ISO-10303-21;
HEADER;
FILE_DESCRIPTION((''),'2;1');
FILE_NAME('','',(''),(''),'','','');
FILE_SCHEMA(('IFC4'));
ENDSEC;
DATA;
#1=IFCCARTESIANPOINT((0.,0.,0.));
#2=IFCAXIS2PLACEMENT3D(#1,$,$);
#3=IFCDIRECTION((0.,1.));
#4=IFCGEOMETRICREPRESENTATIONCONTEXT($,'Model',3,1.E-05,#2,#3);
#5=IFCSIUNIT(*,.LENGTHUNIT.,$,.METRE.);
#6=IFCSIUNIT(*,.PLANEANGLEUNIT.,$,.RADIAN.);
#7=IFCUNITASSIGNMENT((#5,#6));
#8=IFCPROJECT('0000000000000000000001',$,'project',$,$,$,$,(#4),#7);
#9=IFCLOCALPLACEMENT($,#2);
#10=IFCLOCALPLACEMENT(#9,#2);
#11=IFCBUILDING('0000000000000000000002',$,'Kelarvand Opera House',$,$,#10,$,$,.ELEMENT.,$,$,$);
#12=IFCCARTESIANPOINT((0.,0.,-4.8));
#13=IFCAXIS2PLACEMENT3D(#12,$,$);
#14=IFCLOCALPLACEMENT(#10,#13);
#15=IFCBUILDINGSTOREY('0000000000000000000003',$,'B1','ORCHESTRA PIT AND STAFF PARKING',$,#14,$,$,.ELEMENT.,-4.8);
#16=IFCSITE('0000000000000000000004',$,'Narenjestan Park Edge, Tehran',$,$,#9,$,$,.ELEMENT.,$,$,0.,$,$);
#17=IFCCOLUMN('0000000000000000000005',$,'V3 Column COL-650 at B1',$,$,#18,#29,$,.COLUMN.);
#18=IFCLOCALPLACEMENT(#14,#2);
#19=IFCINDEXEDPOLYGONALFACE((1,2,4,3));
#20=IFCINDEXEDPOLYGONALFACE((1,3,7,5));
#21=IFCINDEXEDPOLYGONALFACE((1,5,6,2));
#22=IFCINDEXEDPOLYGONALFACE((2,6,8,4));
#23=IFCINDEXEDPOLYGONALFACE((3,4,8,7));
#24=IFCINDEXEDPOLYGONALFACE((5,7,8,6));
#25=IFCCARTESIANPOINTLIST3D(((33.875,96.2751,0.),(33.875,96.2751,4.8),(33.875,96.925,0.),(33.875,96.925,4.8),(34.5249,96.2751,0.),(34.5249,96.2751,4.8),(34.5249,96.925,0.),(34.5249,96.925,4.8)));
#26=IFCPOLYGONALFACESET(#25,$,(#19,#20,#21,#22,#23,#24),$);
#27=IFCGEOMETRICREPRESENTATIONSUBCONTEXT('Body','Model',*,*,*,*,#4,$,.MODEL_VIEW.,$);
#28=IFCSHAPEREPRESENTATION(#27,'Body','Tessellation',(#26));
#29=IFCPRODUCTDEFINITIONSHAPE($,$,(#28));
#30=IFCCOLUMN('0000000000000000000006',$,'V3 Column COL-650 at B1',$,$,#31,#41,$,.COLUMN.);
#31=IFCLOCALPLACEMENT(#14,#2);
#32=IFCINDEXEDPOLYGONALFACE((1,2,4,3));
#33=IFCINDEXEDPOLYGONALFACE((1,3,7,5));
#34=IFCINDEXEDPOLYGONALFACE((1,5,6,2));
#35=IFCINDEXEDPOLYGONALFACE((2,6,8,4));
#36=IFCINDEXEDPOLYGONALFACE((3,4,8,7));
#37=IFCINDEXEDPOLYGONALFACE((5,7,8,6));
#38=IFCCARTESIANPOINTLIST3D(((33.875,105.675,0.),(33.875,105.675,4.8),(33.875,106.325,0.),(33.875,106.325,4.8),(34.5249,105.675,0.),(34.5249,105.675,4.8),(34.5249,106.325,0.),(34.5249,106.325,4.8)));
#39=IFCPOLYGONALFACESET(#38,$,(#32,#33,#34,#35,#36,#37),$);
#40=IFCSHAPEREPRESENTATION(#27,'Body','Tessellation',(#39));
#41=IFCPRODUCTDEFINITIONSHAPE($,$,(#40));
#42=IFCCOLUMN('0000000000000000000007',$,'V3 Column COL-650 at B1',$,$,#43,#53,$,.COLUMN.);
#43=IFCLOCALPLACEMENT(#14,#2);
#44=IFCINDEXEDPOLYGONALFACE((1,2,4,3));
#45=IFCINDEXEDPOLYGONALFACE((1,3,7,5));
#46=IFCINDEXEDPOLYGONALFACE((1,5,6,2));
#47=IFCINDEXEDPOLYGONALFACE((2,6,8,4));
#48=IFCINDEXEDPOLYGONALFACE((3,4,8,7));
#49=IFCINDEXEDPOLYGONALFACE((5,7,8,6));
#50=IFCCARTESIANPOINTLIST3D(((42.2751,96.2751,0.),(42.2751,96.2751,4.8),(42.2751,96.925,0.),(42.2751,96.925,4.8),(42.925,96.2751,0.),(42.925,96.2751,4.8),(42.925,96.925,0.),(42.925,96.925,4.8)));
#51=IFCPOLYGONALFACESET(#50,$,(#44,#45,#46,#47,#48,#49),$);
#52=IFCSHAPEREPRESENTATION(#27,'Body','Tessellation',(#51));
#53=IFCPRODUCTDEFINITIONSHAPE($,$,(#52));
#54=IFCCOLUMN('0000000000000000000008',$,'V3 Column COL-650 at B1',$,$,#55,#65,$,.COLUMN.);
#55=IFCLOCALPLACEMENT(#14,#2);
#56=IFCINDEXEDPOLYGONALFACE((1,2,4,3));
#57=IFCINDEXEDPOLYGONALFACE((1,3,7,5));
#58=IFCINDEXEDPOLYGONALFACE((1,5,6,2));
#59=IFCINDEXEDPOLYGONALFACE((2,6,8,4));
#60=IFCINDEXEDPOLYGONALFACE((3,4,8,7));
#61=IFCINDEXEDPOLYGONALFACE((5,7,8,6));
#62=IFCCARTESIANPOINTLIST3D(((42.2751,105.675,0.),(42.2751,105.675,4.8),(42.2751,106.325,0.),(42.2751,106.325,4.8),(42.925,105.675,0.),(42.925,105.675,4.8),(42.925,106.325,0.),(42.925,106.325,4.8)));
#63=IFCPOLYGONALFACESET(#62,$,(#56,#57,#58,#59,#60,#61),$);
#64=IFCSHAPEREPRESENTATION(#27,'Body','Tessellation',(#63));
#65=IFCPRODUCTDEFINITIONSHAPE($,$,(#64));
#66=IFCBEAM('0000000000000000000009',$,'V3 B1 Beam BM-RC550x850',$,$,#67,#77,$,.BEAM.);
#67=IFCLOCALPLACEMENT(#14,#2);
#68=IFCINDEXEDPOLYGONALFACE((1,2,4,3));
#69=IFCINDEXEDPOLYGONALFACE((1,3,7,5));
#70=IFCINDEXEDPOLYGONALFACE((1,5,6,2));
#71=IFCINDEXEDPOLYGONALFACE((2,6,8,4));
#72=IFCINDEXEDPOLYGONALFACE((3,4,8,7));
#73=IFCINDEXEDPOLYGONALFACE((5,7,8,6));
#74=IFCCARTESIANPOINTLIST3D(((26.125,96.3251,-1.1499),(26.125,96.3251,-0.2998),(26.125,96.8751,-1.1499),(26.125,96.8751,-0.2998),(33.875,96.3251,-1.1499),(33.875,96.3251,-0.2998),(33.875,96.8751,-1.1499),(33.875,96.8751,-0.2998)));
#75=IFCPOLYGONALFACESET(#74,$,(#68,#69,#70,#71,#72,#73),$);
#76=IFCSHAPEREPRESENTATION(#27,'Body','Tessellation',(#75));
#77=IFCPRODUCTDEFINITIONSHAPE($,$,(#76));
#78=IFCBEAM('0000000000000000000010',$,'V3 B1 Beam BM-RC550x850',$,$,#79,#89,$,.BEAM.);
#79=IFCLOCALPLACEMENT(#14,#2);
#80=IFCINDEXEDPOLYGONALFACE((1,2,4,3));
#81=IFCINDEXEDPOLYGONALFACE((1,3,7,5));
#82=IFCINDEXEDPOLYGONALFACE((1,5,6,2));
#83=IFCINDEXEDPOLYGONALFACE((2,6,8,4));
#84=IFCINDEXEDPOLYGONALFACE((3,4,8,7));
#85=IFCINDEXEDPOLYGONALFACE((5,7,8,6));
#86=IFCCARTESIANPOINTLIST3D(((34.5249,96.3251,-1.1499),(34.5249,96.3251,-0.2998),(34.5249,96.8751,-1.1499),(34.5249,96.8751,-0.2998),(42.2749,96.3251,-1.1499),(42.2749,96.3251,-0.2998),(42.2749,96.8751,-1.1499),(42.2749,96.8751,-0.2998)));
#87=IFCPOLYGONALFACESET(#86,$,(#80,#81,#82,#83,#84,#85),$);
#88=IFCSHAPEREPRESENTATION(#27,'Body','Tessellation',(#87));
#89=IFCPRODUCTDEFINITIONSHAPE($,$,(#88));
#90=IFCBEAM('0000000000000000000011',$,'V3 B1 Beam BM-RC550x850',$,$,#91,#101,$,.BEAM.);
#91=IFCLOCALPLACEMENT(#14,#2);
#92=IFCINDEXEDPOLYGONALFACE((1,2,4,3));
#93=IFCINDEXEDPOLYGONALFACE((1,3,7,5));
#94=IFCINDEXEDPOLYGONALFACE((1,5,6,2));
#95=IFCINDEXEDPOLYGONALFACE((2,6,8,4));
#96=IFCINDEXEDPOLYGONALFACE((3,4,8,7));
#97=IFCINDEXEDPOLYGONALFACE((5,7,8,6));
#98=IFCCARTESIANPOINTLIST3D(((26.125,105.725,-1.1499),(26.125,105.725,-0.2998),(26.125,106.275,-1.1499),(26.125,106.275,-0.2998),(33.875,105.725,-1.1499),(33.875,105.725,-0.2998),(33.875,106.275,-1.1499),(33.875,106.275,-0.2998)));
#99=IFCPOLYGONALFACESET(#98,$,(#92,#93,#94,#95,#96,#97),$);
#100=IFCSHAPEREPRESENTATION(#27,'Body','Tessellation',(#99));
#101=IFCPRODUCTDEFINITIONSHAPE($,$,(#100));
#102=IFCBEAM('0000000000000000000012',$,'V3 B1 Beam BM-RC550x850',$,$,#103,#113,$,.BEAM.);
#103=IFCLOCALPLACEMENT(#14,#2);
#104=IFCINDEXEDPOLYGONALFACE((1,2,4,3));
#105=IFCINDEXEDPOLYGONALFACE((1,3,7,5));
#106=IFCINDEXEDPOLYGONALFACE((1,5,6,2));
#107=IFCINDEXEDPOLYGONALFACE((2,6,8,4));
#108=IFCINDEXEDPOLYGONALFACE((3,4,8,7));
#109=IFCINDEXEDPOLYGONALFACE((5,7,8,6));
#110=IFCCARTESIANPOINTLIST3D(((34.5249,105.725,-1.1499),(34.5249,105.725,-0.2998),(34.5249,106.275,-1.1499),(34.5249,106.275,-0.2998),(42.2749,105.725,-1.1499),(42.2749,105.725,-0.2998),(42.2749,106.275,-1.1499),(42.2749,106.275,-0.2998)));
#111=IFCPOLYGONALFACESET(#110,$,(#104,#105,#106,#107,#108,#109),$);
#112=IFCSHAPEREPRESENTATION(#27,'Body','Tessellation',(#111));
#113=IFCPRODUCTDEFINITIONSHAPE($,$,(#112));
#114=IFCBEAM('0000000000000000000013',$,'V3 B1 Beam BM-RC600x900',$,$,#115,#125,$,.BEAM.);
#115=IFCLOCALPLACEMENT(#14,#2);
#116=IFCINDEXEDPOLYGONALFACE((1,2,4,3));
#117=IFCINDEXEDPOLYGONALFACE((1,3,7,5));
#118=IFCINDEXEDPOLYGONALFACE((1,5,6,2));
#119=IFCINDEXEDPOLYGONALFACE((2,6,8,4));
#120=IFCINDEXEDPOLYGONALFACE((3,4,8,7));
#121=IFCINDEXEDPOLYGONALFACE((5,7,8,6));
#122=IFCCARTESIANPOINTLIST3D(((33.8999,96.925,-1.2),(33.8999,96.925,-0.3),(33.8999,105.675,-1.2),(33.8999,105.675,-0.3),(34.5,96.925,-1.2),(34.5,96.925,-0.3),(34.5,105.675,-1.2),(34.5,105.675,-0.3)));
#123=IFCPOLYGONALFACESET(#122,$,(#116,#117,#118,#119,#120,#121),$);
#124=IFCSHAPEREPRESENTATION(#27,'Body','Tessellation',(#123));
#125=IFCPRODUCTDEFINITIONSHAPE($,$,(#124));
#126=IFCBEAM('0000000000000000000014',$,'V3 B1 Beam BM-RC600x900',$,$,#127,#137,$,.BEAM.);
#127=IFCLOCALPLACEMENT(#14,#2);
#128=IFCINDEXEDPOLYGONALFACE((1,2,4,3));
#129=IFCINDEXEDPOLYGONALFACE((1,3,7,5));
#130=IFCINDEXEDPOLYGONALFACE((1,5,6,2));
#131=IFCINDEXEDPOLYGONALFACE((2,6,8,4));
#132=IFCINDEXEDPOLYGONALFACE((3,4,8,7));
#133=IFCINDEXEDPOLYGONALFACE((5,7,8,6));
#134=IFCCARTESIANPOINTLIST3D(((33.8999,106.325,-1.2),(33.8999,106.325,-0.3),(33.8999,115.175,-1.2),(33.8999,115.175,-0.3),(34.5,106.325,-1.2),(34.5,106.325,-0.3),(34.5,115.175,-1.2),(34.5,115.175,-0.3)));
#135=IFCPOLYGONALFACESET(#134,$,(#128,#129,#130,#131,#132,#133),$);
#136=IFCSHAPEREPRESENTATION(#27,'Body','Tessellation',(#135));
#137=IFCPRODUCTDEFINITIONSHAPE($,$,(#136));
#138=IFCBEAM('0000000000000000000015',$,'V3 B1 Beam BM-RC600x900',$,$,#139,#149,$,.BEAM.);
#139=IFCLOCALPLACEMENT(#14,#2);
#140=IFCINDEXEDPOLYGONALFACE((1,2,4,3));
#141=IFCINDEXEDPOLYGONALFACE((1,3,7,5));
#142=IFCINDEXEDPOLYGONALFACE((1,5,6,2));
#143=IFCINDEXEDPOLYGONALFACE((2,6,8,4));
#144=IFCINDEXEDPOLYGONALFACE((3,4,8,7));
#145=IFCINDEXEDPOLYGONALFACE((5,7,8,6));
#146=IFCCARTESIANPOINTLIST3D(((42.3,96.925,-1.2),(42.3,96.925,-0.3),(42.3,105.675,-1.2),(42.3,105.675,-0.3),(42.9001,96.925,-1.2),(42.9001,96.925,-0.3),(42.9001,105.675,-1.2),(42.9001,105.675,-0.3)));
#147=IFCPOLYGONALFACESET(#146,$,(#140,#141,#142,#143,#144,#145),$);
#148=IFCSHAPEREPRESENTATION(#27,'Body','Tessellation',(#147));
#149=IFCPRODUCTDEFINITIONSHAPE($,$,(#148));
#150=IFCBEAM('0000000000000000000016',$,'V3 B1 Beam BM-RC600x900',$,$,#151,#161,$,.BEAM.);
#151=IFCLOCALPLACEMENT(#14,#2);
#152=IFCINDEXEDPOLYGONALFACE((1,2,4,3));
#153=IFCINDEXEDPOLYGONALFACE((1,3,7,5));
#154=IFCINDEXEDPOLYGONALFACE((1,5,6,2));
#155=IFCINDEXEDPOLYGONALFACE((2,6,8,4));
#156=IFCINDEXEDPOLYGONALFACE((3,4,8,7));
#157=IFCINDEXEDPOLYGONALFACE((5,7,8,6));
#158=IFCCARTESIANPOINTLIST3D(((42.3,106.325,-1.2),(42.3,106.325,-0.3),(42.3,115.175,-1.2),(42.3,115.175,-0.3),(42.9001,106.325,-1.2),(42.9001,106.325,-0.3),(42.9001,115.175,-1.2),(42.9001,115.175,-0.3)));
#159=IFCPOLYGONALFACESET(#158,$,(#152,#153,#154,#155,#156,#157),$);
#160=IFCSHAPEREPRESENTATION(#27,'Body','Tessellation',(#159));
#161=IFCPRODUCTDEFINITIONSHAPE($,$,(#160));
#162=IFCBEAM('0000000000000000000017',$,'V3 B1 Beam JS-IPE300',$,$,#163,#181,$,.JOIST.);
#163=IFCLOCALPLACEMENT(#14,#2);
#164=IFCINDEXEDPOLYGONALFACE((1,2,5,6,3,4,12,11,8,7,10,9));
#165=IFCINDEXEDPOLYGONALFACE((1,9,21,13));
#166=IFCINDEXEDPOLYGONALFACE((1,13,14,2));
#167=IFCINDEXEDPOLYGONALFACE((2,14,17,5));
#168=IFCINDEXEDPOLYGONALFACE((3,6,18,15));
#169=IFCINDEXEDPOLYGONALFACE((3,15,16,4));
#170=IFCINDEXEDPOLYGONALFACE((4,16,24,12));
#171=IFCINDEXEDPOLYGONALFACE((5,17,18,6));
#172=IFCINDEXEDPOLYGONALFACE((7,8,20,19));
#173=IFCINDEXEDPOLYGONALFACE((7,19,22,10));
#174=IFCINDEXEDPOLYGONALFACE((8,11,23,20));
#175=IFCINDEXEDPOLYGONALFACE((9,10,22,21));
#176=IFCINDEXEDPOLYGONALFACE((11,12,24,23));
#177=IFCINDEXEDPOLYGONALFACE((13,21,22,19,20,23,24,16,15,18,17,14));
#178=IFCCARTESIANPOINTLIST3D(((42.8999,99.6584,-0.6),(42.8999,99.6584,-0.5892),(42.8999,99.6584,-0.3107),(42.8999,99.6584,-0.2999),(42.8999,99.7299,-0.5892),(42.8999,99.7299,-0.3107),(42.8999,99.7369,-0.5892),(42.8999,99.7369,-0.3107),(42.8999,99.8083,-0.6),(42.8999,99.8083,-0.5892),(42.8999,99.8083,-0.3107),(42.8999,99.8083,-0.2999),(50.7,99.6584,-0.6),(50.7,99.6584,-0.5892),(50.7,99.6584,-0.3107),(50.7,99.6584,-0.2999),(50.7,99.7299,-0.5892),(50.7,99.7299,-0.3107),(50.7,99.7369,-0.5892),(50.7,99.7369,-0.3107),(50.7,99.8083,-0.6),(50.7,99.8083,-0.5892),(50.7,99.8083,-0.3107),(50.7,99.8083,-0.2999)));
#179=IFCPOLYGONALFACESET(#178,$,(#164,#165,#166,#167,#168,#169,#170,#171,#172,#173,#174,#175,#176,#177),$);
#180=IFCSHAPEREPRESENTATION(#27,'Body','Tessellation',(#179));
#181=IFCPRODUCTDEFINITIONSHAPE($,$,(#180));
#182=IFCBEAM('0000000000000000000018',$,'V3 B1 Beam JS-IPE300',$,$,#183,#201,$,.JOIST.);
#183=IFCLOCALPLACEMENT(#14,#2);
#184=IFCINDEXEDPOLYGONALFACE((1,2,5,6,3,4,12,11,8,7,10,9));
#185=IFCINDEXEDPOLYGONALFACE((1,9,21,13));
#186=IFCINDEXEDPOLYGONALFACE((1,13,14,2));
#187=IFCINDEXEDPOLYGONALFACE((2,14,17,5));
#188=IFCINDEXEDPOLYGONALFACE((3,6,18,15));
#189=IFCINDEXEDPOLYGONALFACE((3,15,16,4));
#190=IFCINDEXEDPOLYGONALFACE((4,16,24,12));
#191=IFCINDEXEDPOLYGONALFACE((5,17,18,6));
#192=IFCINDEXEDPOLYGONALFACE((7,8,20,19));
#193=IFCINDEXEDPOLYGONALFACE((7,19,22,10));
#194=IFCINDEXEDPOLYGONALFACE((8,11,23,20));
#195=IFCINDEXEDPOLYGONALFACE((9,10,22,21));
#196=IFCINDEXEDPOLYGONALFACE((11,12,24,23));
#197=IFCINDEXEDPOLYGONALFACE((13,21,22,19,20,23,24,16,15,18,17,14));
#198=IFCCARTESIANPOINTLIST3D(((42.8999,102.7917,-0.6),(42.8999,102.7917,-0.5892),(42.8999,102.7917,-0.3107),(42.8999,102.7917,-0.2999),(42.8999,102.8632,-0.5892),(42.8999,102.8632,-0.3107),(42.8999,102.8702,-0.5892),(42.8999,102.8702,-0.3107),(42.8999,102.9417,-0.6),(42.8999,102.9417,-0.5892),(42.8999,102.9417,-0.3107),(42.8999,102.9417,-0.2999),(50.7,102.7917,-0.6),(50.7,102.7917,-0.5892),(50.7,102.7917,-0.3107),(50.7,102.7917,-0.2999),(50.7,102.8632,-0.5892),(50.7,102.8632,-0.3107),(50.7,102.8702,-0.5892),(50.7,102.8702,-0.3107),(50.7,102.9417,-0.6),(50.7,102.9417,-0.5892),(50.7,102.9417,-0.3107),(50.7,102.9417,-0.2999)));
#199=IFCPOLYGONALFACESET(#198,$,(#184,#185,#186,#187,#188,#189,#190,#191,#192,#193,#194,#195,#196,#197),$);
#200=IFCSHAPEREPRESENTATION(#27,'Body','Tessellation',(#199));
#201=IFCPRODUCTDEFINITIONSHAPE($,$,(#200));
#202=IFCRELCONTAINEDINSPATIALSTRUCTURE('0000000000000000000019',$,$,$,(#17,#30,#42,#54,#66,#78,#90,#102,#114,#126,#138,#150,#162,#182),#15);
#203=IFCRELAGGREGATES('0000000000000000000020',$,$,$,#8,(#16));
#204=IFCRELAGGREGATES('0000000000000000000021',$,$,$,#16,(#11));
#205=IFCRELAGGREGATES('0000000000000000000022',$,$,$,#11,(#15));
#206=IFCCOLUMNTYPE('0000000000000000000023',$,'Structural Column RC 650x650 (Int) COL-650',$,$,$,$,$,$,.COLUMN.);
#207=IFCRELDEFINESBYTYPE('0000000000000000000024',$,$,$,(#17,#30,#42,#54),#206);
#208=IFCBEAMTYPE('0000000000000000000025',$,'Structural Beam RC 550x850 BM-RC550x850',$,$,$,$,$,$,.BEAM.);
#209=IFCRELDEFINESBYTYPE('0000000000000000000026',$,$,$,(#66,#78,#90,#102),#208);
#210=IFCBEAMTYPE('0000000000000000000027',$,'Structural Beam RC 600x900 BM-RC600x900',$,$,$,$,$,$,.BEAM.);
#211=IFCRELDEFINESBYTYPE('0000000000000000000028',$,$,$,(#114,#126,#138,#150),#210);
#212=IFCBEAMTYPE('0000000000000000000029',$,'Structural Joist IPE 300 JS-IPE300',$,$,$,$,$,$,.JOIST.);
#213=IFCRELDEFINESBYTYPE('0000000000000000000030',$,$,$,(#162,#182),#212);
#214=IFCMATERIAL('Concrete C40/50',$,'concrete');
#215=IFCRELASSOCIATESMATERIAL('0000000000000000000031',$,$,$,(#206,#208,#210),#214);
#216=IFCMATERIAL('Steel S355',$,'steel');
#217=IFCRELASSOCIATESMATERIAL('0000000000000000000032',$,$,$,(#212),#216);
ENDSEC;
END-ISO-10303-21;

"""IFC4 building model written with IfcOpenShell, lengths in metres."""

from ifc_helpers import new_model, si_unit, direction, frame, origin, origin_2d, place, context, subcontext, project, spatial, rectangle, i_section, extrude, material, material_profile, profile_set, type_object, element, save


model = new_model("IFC4")

# Units and contexts
model_context = context("Model", 3, precision=1e-05, world=origin(), true_north=direction((0.0, 1.0)))
body_context = subcontext(model_context, "Body", "Model", "MODEL_VIEW")
ifc_project = project(units=[si_unit("LENGTHUNIT", "METRE"), si_unit("PLANEANGLEUNIT", "RADIAN")], contexts=[model_context])

# Site, building, storey
site_placement = place(None, origin())
site = spatial("IfcSite", under=ifc_project, at=site_placement, Name="Narenjestan Park Edge, Tehran", CompositionType="ELEMENT", RefElevation=0.0)
building_placement = place(site_placement, origin())
building = spatial("IfcBuilding", under=site, at=building_placement, Name="Kelarvand Opera House", CompositionType="ELEMENT")
storey_placement = place(building_placement, frame((0.0, 0.0, -4.8)))
storey = spatial("IfcBuildingStorey", under=building, at=storey_placement, Name="B1", Description="ORCHESTRA PIT AND STAFF PARKING", CompositionType="ELEMENT", Elevation=-4.8)

# Columns
ifc_material_1 = material(Name="Concrete C40/50", Category="concrete")
ifc_material_profile_1 = material_profile(ifc_material_1, rectangle(XDim=0.6499, YDim=0.6499, at=origin_2d()), Name="RC 650x650", Category="concrete")
ifc_profile_set_1 = profile_set([ifc_material_profile_1], Name="Concrete C40/50")
column_type = type_object("IfcColumnType", Name="Structural Column RC 650x650 (Int) COL-650", PredefinedType="COLUMN", material=ifc_profile_set_1)
for number, where, z_axis, x_axis, name in (
    (1, (34.2, 96.6001, 0.0), (0.0, 0.0, 1.0), (1.0, 0.0, 0.0), "V3 Column COL-650 at B1"),
    (2, (34.2, 106.0, 0.0), (0.0, 0.0, 1.0), (1.0, 0.0, 0.0), "V3 Column COL-650 at B1"),
    (3, (42.6001, 96.6001, 0.0), (0.0, 0.0, 1.0), (1.0, 0.0, 0.0), "V3 Column COL-650 at B1"),
    (4, (42.6001, 106.0, 0.0), (0.0, 0.0, 1.0), (1.0, 0.0, 0.0), "V3 Column COL-650 at B1"),
):
    element("IfcColumn", number, at=place(storey_placement, frame(where, z_axis=z_axis, x_axis=x_axis)), inside=storey, type_object=column_type, Name=name, PredefinedType="COLUMN", context=body_context, shape_type="SweptSolid", body=[
        extrude(rectangle(XDim=0.6499, YDim=0.6499, at=origin_2d()), origin(), (0.0, 0.0, 1.0), 4.8),
    ])

# Beams
ifc_material_profile_2 = material_profile(ifc_material_1, rectangle(XDim=0.55, YDim=0.8501, at=origin_2d()), Name="RC 550x850", Category="concrete")
ifc_profile_set_2 = profile_set([ifc_material_profile_2], Name="Concrete C40/50")
beam_type_1 = type_object("IfcBeamType", Name="Structural Beam RC 550x850 BM-RC550x850", PredefinedType="BEAM", material=ifc_profile_set_2)
for number, where, z_axis, x_axis, name in (
    (5, (26.125, 96.6001, -0.7249), (1.0, 0.0, 0.0), (0.0, 1.0, 0.0), "V3 B1 Beam BM-RC550x850"),
    (6, (34.5249, 96.6001, -0.7249), (1.0, 0.0, 0.0), (0.0, 1.0, 0.0), "V3 B1 Beam BM-RC550x850"),
    (7, (26.125, 106.0, -0.7249), (1.0, 0.0, 0.0), (0.0, 1.0, 0.0), "V3 B1 Beam BM-RC550x850"),
    (8, (34.5249, 106.0, -0.7249), (1.0, 0.0, 0.0), (0.0, 1.0, 0.0), "V3 B1 Beam BM-RC550x850"),
):
    element("IfcBeam", number, at=place(storey_placement, frame(where, z_axis=z_axis, x_axis=x_axis)), inside=storey, type_object=beam_type_1, Name=name, PredefinedType="BEAM", context=body_context, shape_type="SweptSolid", body=[
        extrude(rectangle(XDim=0.55, YDim=0.8501, at=origin_2d()), origin(), (0.0, 0.0, 1.0), 7.75),
    ])
ifc_material_profile_3 = material_profile(ifc_material_1, rectangle(XDim=0.6001, YDim=0.8999, at=origin_2d()), Name="RC 600x900", Category="concrete")
ifc_profile_set_3 = profile_set([ifc_material_profile_3], Name="Concrete C40/50")
beam_type_2 = type_object("IfcBeamType", Name="Structural Beam RC 600x900 BM-RC600x900", PredefinedType="BEAM", material=ifc_profile_set_3)
beam_1_placement = place(storey_placement, frame((34.2, 96.925, -0.75), z_axis=(0.0, 1.0, 0.0), x_axis=(-1.0, 0.0, 0.0)))
element("IfcBeam", 9, at=beam_1_placement, inside=storey, type_object=beam_type_2, Name="V3 B1 Beam BM-RC600x900", PredefinedType="BEAM", context=body_context, shape_type="SweptSolid", body=[
    extrude(rectangle(XDim=0.6001, YDim=0.8999, at=origin_2d()), origin(), (0.0, 0.0, 1.0), 8.75),
])
beam_2_placement = place(storey_placement, frame((34.2, 106.325, -0.75), z_axis=(0.0, 1.0, 0.0), x_axis=(-1.0, 0.0, 0.0)))
element("IfcBeam", 10, at=beam_2_placement, inside=storey, type_object=beam_type_2, Name="V3 B1 Beam BM-RC600x900", PredefinedType="BEAM", context=body_context, shape_type="SweptSolid", body=[
    extrude(rectangle(XDim=0.6001, YDim=0.8999, at=origin_2d()), origin(), (0.0, 0.0, 1.0), 8.8501),
])
beam_3_placement = place(storey_placement, frame((42.6001, 96.925, -0.75), z_axis=(0.0, 1.0, 0.0), x_axis=(-1.0, 0.0, 0.0)))
element("IfcBeam", 11, at=beam_3_placement, inside=storey, type_object=beam_type_2, Name="V3 B1 Beam BM-RC600x900", PredefinedType="BEAM", context=body_context, shape_type="SweptSolid", body=[
    extrude(rectangle(XDim=0.6001, YDim=0.8999, at=origin_2d()), origin(), (0.0, 0.0, 1.0), 8.75),
])
beam_4_placement = place(storey_placement, frame((42.6001, 106.325, -0.75), z_axis=(0.0, 1.0, 0.0), x_axis=(-1.0, 0.0, 0.0)))
element("IfcBeam", 12, at=beam_4_placement, inside=storey, type_object=beam_type_2, Name="V3 B1 Beam BM-RC600x900", PredefinedType="BEAM", context=body_context, shape_type="SweptSolid", body=[
    extrude(rectangle(XDim=0.6001, YDim=0.8999, at=origin_2d()), origin(), (0.0, 0.0, 1.0), 8.8501),
])
ifc_material_2 = material(Name="Steel S355", Category="steel")
ifc_material_profile_4 = material_profile(ifc_material_2, i_section(OverallWidth=0.1499, OverallDepth=0.3, WebThickness=0.0071, FlangeThickness=0.0107, at=origin_2d()), Name="IPE 300", Category="steel")
ifc_profile_set_4 = profile_set([ifc_material_profile_4], Name="Steel S355")
beam_type_3 = type_object("IfcBeamType", Name="Structural Joist IPE 300 JS-IPE300", PredefinedType="JOIST", material=ifc_profile_set_4)
for number, where, z_axis, x_axis, name in (
    (13, (42.8999, 99.7334, -0.45), (1.0, 0.0, 0.0), (0.0, 1.0, 0.0), "V3 B1 Beam JS-IPE300"),
    (14, (42.8999, 102.8667, -0.45), (1.0, 0.0, 0.0), (0.0, 1.0, 0.0), "V3 B1 Beam JS-IPE300"),
):
    element("IfcBeam", number, at=place(storey_placement, frame(where, z_axis=z_axis, x_axis=x_axis)), inside=storey, type_object=beam_type_3, Name=name, PredefinedType="JOIST", context=body_context, shape_type="SweptSolid", body=[
        extrude(i_section(OverallWidth=0.1499, OverallDepth=0.3, WebThickness=0.0071, FlangeThickness=0.0107, at=origin_2d()), origin(), (0.0, 0.0, 1.0), 7.8),
    ])

save(model, "model.ifc")
